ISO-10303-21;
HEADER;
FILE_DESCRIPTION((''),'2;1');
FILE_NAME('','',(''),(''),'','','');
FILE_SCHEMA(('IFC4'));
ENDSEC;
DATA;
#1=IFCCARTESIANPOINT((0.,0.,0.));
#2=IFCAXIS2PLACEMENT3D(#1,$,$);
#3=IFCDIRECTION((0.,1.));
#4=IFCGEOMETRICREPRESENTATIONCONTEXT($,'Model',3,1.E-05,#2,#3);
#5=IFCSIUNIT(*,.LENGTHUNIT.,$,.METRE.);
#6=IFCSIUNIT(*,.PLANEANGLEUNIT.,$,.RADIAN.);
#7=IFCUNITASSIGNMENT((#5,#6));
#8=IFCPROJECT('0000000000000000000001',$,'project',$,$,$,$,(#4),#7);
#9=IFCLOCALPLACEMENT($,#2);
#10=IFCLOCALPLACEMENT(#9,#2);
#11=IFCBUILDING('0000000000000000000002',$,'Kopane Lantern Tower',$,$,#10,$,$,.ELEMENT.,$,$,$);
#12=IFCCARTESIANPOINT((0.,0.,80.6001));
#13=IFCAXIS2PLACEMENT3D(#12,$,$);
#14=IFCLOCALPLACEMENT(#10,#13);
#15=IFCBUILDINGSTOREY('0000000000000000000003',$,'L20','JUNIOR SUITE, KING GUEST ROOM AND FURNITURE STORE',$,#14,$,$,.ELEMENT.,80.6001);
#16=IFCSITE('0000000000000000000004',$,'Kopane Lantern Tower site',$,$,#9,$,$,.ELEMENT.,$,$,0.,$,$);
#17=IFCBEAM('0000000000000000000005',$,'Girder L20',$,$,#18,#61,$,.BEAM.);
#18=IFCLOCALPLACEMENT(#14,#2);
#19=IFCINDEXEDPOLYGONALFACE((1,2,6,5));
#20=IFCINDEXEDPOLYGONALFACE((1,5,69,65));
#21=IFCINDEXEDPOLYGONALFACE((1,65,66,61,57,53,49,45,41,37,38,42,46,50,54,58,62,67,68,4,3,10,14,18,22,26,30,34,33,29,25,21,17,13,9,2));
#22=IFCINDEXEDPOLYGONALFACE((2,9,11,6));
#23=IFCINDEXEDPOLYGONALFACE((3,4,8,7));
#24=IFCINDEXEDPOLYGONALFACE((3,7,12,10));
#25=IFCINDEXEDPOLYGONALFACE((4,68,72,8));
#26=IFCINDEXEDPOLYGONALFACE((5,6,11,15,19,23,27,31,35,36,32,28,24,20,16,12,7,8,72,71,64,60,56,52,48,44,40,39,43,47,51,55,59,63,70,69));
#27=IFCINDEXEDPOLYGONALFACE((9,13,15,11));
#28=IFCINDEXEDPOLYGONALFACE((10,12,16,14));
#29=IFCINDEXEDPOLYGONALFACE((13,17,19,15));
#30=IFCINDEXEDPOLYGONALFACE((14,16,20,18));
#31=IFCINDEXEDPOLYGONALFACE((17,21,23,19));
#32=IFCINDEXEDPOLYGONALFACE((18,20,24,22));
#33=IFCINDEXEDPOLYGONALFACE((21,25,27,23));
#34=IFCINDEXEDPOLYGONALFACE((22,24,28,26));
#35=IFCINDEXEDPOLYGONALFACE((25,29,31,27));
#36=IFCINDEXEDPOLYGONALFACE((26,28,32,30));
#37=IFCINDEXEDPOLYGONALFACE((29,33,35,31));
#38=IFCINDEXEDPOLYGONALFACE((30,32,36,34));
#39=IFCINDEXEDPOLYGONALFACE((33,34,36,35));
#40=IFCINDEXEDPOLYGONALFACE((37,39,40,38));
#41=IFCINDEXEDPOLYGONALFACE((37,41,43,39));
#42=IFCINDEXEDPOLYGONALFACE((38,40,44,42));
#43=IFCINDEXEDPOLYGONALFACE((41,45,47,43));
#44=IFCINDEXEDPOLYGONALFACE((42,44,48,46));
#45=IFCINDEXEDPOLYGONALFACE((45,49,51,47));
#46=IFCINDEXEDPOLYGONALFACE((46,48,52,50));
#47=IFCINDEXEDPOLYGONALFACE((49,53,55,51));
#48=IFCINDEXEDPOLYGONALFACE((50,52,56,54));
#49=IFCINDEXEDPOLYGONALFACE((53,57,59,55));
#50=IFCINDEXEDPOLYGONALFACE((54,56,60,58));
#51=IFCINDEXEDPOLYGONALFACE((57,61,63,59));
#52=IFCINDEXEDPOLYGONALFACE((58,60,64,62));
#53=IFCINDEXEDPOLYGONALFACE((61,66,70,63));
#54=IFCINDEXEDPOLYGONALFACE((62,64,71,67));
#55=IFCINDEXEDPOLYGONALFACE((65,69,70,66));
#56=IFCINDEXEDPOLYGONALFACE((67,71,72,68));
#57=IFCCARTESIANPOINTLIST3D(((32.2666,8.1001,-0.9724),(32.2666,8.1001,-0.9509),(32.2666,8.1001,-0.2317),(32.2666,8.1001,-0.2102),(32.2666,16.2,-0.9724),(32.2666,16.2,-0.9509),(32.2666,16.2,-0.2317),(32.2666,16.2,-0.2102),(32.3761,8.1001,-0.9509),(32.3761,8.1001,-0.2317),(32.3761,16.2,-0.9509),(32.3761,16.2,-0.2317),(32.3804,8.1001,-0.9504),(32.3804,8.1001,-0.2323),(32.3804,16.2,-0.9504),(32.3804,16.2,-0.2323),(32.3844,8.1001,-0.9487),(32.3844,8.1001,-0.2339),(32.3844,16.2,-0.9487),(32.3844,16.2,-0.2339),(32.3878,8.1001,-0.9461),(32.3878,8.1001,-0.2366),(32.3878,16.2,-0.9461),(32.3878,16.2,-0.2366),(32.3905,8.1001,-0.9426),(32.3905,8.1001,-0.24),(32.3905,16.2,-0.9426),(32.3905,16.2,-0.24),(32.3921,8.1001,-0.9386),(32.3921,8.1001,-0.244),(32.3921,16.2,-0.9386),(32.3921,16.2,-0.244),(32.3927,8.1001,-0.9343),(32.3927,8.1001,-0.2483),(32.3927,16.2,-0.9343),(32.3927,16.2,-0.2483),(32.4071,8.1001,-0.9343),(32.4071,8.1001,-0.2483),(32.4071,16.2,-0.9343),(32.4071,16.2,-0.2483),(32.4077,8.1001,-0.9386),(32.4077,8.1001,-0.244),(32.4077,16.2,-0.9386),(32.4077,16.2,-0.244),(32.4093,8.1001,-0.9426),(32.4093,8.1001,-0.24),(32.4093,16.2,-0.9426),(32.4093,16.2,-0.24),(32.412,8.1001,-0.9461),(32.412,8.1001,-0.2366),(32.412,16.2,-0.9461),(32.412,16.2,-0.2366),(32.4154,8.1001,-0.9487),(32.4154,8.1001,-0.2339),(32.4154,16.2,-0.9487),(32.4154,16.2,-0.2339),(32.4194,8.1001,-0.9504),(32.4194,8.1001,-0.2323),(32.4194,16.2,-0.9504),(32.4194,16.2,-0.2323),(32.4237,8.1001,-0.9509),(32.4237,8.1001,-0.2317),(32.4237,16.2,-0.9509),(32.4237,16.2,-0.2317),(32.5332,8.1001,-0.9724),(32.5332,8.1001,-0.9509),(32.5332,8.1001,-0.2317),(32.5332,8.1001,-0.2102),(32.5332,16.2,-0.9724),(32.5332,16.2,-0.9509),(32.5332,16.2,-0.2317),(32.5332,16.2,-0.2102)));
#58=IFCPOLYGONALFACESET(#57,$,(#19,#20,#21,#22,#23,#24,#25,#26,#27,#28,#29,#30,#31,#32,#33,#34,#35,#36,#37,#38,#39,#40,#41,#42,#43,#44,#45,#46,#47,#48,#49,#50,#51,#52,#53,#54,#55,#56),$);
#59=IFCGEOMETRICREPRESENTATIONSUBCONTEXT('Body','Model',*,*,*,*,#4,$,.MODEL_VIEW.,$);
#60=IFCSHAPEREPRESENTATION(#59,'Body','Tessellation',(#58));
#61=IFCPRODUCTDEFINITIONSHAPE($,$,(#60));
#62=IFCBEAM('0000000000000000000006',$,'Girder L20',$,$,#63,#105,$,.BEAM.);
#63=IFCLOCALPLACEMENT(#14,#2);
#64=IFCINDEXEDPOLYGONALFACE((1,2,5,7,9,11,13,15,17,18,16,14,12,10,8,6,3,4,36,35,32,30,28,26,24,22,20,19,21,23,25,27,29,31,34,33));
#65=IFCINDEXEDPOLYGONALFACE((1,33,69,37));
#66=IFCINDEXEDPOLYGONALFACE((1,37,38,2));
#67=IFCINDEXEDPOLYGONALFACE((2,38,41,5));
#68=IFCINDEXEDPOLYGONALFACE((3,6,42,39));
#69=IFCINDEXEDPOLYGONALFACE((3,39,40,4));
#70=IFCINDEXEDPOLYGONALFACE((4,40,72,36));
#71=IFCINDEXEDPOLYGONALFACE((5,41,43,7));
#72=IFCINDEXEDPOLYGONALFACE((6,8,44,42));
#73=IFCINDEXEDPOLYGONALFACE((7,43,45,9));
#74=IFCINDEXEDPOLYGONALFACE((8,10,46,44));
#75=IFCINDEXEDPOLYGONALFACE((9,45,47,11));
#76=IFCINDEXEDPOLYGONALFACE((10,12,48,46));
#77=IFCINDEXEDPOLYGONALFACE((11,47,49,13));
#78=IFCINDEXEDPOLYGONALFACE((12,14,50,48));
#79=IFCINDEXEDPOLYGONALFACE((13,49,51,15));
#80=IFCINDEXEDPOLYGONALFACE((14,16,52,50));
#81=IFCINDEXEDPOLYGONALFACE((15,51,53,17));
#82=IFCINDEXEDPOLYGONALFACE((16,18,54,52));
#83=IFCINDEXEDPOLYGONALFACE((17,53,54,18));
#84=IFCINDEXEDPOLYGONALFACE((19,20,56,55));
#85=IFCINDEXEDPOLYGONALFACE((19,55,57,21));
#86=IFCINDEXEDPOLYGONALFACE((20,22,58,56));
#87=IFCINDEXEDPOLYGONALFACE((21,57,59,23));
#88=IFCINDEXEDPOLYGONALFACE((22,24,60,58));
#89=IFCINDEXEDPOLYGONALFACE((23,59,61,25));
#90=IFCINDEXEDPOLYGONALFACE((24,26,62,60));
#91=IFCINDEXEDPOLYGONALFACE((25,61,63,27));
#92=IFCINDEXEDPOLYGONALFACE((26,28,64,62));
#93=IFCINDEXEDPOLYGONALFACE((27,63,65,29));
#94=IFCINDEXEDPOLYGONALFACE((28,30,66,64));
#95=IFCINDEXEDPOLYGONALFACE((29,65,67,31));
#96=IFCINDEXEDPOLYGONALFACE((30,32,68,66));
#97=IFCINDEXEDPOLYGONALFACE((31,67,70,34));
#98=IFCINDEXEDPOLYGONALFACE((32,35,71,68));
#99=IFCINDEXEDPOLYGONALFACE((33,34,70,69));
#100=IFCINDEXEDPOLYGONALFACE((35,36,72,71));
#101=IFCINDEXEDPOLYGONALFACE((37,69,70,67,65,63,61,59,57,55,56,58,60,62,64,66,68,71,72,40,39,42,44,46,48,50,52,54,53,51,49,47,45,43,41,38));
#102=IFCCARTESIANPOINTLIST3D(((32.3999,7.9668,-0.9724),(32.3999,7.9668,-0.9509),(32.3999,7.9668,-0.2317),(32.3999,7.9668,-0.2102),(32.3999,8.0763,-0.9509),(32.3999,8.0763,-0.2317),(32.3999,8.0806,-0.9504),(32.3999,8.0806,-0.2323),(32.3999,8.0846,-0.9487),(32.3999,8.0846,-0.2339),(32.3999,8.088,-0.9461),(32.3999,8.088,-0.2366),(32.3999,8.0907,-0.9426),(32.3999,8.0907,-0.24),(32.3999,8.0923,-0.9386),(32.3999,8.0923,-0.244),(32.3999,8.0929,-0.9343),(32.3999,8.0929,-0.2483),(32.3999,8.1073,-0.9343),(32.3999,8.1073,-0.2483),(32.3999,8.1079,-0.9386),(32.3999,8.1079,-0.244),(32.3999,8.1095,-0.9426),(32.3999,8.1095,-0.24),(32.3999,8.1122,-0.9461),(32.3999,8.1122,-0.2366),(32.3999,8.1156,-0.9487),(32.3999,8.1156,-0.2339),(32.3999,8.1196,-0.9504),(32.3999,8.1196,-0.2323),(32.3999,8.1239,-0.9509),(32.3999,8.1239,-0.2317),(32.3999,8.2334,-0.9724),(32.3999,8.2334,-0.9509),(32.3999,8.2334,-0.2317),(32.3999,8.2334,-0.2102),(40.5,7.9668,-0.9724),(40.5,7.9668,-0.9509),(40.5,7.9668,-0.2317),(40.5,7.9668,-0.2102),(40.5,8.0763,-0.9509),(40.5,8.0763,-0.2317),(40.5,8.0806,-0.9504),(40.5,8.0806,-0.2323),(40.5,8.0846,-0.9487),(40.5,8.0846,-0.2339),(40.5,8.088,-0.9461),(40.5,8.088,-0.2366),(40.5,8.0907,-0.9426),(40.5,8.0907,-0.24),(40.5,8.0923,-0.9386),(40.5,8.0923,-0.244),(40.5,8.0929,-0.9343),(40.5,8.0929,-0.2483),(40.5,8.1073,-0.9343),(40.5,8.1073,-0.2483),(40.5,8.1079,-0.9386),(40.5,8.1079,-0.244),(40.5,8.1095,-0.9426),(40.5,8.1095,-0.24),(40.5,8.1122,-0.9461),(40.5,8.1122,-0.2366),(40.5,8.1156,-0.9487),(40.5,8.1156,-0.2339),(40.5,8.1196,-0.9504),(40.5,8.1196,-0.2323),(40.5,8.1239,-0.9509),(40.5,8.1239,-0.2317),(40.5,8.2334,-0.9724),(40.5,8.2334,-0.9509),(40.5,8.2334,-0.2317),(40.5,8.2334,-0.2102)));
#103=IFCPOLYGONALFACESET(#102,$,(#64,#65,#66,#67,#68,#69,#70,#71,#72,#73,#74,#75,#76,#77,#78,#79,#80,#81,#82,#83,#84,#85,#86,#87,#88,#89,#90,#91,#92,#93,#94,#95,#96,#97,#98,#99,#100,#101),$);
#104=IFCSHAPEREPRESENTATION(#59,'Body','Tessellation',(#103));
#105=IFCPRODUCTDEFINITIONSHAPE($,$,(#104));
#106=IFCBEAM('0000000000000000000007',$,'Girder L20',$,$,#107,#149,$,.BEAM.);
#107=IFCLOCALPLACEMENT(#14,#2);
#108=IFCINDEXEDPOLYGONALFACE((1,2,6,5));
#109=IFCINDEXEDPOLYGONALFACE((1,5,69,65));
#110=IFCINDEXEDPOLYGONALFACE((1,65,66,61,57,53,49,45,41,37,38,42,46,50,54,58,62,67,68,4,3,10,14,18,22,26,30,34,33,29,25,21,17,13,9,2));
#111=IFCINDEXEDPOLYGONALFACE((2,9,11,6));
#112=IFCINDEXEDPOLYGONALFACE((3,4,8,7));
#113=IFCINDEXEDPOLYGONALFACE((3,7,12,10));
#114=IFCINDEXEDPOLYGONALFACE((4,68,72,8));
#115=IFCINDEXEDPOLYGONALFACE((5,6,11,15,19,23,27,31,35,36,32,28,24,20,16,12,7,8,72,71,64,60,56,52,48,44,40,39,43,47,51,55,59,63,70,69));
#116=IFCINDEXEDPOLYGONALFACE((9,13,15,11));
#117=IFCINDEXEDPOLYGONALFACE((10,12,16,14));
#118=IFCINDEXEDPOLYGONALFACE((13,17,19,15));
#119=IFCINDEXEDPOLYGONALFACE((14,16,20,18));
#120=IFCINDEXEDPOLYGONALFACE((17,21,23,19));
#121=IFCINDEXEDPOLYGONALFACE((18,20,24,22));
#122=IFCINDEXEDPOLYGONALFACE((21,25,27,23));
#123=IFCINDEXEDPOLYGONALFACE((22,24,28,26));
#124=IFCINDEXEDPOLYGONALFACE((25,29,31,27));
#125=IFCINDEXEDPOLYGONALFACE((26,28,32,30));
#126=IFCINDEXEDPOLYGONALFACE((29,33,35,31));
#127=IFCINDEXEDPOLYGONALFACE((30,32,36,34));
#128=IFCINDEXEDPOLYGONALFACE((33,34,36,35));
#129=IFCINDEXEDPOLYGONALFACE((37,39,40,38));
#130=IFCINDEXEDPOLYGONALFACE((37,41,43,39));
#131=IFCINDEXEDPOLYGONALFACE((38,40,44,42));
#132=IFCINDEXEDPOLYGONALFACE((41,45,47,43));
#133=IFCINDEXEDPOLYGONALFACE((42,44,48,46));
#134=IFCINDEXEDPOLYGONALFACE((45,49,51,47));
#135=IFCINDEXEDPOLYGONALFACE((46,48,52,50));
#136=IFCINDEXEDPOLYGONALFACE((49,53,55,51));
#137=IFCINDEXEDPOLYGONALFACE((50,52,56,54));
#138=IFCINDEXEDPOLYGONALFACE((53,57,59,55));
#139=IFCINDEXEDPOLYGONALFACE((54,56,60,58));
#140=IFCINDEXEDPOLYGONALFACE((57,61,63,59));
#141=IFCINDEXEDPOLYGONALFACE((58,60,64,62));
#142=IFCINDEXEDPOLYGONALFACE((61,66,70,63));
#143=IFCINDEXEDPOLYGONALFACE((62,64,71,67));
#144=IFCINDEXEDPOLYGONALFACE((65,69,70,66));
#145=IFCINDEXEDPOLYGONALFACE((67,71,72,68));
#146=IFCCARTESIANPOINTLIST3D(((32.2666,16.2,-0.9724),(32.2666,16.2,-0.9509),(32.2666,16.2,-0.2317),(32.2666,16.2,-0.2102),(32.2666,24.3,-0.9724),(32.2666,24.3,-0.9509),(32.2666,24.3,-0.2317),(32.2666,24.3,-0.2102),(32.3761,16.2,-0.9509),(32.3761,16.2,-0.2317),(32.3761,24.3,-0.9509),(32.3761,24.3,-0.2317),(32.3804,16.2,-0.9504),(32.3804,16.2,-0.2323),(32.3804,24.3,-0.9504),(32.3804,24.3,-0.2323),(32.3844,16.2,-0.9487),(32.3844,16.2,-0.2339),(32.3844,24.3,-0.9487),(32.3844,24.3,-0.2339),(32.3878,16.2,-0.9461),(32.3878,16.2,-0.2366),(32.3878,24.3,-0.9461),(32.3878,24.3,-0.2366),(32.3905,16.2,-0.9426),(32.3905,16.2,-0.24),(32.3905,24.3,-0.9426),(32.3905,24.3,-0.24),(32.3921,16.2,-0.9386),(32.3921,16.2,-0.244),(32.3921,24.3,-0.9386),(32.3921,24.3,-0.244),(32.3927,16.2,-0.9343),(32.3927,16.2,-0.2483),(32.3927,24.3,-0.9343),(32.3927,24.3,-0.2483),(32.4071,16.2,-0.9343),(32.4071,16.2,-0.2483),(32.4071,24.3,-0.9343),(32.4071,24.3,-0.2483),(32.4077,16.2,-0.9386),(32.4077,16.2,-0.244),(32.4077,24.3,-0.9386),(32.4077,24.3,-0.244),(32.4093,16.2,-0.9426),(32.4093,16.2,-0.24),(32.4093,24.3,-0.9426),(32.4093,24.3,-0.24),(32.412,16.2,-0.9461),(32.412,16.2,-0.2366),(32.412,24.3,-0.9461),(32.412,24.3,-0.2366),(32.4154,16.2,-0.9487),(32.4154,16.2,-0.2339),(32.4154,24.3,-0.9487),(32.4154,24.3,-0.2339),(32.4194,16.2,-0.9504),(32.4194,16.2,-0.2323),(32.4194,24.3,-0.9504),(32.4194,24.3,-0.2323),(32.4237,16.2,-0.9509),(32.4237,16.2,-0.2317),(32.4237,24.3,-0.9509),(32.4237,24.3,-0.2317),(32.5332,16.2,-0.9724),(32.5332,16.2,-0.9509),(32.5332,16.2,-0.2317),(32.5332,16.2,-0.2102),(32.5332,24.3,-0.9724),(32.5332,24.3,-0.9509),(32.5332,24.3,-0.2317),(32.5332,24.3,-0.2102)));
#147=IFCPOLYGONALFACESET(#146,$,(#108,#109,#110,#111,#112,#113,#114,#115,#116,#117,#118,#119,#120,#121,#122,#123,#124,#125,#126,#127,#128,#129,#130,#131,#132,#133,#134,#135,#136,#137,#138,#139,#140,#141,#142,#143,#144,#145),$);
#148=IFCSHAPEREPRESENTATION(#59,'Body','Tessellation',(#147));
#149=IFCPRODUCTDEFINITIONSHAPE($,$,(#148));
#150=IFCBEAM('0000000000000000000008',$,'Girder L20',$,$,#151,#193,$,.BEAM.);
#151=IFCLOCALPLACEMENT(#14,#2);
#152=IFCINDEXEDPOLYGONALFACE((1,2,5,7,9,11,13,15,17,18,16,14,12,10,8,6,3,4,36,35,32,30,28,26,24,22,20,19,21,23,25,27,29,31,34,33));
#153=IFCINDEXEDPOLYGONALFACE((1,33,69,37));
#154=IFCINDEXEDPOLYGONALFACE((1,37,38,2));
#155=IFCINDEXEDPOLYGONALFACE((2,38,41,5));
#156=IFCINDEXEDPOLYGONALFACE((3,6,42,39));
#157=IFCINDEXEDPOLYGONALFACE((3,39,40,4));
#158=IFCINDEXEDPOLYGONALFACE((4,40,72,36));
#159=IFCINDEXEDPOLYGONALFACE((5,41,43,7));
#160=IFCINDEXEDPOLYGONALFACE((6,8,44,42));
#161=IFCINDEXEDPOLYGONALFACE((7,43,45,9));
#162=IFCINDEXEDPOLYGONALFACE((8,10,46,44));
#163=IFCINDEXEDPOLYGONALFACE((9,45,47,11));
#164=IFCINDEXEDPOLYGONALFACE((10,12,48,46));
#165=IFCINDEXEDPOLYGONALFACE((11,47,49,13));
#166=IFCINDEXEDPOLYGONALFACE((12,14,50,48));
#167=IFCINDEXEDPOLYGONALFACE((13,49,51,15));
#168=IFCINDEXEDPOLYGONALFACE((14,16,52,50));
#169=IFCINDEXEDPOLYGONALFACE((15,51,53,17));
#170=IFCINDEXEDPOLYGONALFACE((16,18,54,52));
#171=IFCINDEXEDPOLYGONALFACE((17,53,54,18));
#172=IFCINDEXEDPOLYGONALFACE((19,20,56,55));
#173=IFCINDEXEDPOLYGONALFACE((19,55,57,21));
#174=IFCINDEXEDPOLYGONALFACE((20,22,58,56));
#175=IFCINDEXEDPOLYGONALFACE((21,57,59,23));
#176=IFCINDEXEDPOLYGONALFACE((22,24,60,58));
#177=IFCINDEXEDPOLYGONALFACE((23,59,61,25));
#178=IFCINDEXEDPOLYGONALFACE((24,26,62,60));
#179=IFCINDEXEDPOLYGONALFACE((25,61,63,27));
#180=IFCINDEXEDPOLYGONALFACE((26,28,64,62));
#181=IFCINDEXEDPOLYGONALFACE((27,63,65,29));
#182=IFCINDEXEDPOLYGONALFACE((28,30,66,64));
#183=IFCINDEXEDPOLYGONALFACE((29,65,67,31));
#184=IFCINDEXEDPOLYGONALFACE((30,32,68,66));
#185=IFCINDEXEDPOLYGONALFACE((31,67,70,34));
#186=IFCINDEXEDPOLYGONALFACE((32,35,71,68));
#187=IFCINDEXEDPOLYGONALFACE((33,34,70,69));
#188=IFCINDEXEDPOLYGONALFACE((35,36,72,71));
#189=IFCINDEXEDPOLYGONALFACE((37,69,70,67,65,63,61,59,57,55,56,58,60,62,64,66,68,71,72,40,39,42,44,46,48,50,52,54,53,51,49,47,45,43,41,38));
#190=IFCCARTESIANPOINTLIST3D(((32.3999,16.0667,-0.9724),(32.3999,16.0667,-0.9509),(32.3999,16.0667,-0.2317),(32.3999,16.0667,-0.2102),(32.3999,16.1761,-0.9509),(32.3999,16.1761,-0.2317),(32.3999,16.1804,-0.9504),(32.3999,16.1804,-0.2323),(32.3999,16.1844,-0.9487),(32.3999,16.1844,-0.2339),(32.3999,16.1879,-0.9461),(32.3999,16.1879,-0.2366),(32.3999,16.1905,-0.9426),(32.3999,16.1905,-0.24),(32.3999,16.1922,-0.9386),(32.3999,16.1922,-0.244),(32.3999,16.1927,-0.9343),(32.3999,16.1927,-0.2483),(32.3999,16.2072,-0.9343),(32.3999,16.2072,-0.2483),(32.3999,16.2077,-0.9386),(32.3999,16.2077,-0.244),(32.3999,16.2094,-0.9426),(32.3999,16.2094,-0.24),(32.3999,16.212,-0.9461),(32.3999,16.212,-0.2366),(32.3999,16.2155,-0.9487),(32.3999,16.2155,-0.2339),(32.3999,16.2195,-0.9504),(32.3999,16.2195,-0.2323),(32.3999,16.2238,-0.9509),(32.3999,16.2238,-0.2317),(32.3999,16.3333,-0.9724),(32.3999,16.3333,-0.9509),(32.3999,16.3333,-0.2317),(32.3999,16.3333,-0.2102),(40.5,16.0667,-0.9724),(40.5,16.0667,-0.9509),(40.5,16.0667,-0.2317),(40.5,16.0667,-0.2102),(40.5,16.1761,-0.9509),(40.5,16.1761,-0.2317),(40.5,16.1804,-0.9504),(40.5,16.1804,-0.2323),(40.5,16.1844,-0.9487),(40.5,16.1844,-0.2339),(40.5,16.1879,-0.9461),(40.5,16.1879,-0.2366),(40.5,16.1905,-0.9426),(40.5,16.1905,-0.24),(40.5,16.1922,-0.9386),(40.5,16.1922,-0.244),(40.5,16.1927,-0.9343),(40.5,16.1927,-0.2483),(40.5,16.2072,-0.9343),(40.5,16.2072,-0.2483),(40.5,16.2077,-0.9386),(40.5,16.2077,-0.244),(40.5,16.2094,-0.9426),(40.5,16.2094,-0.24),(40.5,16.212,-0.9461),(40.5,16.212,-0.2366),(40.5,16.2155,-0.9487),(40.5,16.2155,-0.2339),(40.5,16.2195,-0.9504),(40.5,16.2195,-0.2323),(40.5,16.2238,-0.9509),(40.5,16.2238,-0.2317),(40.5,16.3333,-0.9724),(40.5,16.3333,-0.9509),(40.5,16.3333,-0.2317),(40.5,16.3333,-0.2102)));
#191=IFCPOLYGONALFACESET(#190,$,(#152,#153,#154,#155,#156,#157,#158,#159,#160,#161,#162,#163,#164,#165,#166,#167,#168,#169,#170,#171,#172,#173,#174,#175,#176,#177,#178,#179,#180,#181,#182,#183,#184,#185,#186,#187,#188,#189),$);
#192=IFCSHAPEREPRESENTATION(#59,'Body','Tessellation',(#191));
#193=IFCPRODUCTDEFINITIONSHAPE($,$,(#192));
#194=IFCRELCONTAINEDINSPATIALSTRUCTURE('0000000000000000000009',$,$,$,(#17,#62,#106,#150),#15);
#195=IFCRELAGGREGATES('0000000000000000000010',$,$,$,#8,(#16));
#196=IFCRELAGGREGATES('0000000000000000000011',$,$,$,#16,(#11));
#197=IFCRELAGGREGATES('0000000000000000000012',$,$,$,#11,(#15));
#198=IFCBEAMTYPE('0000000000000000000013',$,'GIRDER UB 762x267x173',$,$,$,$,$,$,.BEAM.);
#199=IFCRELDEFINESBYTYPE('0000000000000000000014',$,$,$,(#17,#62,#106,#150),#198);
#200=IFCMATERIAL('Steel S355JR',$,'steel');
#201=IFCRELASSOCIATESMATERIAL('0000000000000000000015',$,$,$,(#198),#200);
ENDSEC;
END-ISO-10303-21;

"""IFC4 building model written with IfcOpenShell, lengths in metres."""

from ifc_helpers import new_model, si_unit, direction, frame, origin, origin_2d, place, context, subcontext, project, spatial, i_section, extrude, material, material_profile, profile_set, type_object, element, save


model = new_model("IFC4")

# Units and contexts
model_context = context("Model", 3, precision=1e-05, world=origin(), true_north=direction((0.0, 1.0)))
body_context = subcontext(model_context, "Body", "Model", "MODEL_VIEW")
ifc_project = project(units=[si_unit("LENGTHUNIT", "METRE"), si_unit("PLANEANGLEUNIT", "RADIAN")], contexts=[model_context])

# Site, building, storey
site_placement = place(None, origin())
site = spatial("IfcSite", under=ifc_project, at=site_placement, Name="Kopane Lantern Tower site", CompositionType="ELEMENT", RefElevation=0.0)
building_placement = place(site_placement, origin())
building = spatial("IfcBuilding", under=site, at=building_placement, Name="Kopane Lantern Tower", CompositionType="ELEMENT")
storey_placement = place(building_placement, frame((0.0, 0.0, 80.6001)))
storey = spatial("IfcBuildingStorey", under=building, at=storey_placement, Name="L20", Description="JUNIOR SUITE, KING GUEST ROOM AND FURNITURE STORE", CompositionType="ELEMENT", Elevation=80.6001)

# Beams
ifc_material_1 = material(Name="Steel S355JR", Category="steel")
ifc_material_profile_1 = material_profile(ifc_material_1, i_section(OverallWidth=0.2666, OverallDepth=0.7622, WebThickness=0.0144, FlangeThickness=0.0215, FilletRadius=0.0166, at=origin_2d()), Name="UB 762x267x173")
ifc_profile_set_1 = profile_set([ifc_material_profile_1], Name="Steel S355JR")
beam_type = type_object("IfcBeamType", Name="GIRDER UB 762x267x173", PredefinedType="BEAM", material=ifc_profile_set_1)
beam_1_placement = place(storey_placement, frame((32.3999, 8.1001, -0.5913), z_axis=(0.0, 1.0, 0.0), x_axis=(-1.0, 0.0, 0.0)))
element("IfcBeam", 1, at=beam_1_placement, inside=storey, type_object=beam_type, Name="Girder L20", PredefinedType="BEAM", context=body_context, shape_type="SweptSolid", body=[
    extrude(i_section(OverallWidth=0.2666, OverallDepth=0.7622, WebThickness=0.0144, FlangeThickness=0.0215, FilletRadius=0.0166, at=origin_2d()), origin(), (0.0, 0.0, 1.0), 8.0999),
])
for number, where, z_axis, x_axis, name in (
    (2, (32.3999, 8.1001, -0.5913), (1.0, 0.0, 0.0), (0.0, 1.0, 0.0), "Girder L20"),
    (3, (32.3999, 16.2, -0.5913), (0.0, 1.0, 0.0), (-1.0, 0.0, 0.0), "Girder L20"),
    (4, (32.3999, 16.2, -0.5913), (1.0, 0.0, 0.0), (0.0, 1.0, 0.0), "Girder L20"),
):
    element("IfcBeam", number, at=place(storey_placement, frame(where, z_axis=z_axis, x_axis=x_axis)), inside=storey, type_object=beam_type, Name=name, PredefinedType="BEAM", context=body_context, shape_type="SweptSolid", body=[
        extrude(i_section(OverallWidth=0.2666, OverallDepth=0.7622, WebThickness=0.0144, FlangeThickness=0.0215, FilletRadius=0.0166, at=origin_2d()), origin(), (0.0, 0.0, 1.0), 8.1001),
    ])

save(model, "model.ifc")
